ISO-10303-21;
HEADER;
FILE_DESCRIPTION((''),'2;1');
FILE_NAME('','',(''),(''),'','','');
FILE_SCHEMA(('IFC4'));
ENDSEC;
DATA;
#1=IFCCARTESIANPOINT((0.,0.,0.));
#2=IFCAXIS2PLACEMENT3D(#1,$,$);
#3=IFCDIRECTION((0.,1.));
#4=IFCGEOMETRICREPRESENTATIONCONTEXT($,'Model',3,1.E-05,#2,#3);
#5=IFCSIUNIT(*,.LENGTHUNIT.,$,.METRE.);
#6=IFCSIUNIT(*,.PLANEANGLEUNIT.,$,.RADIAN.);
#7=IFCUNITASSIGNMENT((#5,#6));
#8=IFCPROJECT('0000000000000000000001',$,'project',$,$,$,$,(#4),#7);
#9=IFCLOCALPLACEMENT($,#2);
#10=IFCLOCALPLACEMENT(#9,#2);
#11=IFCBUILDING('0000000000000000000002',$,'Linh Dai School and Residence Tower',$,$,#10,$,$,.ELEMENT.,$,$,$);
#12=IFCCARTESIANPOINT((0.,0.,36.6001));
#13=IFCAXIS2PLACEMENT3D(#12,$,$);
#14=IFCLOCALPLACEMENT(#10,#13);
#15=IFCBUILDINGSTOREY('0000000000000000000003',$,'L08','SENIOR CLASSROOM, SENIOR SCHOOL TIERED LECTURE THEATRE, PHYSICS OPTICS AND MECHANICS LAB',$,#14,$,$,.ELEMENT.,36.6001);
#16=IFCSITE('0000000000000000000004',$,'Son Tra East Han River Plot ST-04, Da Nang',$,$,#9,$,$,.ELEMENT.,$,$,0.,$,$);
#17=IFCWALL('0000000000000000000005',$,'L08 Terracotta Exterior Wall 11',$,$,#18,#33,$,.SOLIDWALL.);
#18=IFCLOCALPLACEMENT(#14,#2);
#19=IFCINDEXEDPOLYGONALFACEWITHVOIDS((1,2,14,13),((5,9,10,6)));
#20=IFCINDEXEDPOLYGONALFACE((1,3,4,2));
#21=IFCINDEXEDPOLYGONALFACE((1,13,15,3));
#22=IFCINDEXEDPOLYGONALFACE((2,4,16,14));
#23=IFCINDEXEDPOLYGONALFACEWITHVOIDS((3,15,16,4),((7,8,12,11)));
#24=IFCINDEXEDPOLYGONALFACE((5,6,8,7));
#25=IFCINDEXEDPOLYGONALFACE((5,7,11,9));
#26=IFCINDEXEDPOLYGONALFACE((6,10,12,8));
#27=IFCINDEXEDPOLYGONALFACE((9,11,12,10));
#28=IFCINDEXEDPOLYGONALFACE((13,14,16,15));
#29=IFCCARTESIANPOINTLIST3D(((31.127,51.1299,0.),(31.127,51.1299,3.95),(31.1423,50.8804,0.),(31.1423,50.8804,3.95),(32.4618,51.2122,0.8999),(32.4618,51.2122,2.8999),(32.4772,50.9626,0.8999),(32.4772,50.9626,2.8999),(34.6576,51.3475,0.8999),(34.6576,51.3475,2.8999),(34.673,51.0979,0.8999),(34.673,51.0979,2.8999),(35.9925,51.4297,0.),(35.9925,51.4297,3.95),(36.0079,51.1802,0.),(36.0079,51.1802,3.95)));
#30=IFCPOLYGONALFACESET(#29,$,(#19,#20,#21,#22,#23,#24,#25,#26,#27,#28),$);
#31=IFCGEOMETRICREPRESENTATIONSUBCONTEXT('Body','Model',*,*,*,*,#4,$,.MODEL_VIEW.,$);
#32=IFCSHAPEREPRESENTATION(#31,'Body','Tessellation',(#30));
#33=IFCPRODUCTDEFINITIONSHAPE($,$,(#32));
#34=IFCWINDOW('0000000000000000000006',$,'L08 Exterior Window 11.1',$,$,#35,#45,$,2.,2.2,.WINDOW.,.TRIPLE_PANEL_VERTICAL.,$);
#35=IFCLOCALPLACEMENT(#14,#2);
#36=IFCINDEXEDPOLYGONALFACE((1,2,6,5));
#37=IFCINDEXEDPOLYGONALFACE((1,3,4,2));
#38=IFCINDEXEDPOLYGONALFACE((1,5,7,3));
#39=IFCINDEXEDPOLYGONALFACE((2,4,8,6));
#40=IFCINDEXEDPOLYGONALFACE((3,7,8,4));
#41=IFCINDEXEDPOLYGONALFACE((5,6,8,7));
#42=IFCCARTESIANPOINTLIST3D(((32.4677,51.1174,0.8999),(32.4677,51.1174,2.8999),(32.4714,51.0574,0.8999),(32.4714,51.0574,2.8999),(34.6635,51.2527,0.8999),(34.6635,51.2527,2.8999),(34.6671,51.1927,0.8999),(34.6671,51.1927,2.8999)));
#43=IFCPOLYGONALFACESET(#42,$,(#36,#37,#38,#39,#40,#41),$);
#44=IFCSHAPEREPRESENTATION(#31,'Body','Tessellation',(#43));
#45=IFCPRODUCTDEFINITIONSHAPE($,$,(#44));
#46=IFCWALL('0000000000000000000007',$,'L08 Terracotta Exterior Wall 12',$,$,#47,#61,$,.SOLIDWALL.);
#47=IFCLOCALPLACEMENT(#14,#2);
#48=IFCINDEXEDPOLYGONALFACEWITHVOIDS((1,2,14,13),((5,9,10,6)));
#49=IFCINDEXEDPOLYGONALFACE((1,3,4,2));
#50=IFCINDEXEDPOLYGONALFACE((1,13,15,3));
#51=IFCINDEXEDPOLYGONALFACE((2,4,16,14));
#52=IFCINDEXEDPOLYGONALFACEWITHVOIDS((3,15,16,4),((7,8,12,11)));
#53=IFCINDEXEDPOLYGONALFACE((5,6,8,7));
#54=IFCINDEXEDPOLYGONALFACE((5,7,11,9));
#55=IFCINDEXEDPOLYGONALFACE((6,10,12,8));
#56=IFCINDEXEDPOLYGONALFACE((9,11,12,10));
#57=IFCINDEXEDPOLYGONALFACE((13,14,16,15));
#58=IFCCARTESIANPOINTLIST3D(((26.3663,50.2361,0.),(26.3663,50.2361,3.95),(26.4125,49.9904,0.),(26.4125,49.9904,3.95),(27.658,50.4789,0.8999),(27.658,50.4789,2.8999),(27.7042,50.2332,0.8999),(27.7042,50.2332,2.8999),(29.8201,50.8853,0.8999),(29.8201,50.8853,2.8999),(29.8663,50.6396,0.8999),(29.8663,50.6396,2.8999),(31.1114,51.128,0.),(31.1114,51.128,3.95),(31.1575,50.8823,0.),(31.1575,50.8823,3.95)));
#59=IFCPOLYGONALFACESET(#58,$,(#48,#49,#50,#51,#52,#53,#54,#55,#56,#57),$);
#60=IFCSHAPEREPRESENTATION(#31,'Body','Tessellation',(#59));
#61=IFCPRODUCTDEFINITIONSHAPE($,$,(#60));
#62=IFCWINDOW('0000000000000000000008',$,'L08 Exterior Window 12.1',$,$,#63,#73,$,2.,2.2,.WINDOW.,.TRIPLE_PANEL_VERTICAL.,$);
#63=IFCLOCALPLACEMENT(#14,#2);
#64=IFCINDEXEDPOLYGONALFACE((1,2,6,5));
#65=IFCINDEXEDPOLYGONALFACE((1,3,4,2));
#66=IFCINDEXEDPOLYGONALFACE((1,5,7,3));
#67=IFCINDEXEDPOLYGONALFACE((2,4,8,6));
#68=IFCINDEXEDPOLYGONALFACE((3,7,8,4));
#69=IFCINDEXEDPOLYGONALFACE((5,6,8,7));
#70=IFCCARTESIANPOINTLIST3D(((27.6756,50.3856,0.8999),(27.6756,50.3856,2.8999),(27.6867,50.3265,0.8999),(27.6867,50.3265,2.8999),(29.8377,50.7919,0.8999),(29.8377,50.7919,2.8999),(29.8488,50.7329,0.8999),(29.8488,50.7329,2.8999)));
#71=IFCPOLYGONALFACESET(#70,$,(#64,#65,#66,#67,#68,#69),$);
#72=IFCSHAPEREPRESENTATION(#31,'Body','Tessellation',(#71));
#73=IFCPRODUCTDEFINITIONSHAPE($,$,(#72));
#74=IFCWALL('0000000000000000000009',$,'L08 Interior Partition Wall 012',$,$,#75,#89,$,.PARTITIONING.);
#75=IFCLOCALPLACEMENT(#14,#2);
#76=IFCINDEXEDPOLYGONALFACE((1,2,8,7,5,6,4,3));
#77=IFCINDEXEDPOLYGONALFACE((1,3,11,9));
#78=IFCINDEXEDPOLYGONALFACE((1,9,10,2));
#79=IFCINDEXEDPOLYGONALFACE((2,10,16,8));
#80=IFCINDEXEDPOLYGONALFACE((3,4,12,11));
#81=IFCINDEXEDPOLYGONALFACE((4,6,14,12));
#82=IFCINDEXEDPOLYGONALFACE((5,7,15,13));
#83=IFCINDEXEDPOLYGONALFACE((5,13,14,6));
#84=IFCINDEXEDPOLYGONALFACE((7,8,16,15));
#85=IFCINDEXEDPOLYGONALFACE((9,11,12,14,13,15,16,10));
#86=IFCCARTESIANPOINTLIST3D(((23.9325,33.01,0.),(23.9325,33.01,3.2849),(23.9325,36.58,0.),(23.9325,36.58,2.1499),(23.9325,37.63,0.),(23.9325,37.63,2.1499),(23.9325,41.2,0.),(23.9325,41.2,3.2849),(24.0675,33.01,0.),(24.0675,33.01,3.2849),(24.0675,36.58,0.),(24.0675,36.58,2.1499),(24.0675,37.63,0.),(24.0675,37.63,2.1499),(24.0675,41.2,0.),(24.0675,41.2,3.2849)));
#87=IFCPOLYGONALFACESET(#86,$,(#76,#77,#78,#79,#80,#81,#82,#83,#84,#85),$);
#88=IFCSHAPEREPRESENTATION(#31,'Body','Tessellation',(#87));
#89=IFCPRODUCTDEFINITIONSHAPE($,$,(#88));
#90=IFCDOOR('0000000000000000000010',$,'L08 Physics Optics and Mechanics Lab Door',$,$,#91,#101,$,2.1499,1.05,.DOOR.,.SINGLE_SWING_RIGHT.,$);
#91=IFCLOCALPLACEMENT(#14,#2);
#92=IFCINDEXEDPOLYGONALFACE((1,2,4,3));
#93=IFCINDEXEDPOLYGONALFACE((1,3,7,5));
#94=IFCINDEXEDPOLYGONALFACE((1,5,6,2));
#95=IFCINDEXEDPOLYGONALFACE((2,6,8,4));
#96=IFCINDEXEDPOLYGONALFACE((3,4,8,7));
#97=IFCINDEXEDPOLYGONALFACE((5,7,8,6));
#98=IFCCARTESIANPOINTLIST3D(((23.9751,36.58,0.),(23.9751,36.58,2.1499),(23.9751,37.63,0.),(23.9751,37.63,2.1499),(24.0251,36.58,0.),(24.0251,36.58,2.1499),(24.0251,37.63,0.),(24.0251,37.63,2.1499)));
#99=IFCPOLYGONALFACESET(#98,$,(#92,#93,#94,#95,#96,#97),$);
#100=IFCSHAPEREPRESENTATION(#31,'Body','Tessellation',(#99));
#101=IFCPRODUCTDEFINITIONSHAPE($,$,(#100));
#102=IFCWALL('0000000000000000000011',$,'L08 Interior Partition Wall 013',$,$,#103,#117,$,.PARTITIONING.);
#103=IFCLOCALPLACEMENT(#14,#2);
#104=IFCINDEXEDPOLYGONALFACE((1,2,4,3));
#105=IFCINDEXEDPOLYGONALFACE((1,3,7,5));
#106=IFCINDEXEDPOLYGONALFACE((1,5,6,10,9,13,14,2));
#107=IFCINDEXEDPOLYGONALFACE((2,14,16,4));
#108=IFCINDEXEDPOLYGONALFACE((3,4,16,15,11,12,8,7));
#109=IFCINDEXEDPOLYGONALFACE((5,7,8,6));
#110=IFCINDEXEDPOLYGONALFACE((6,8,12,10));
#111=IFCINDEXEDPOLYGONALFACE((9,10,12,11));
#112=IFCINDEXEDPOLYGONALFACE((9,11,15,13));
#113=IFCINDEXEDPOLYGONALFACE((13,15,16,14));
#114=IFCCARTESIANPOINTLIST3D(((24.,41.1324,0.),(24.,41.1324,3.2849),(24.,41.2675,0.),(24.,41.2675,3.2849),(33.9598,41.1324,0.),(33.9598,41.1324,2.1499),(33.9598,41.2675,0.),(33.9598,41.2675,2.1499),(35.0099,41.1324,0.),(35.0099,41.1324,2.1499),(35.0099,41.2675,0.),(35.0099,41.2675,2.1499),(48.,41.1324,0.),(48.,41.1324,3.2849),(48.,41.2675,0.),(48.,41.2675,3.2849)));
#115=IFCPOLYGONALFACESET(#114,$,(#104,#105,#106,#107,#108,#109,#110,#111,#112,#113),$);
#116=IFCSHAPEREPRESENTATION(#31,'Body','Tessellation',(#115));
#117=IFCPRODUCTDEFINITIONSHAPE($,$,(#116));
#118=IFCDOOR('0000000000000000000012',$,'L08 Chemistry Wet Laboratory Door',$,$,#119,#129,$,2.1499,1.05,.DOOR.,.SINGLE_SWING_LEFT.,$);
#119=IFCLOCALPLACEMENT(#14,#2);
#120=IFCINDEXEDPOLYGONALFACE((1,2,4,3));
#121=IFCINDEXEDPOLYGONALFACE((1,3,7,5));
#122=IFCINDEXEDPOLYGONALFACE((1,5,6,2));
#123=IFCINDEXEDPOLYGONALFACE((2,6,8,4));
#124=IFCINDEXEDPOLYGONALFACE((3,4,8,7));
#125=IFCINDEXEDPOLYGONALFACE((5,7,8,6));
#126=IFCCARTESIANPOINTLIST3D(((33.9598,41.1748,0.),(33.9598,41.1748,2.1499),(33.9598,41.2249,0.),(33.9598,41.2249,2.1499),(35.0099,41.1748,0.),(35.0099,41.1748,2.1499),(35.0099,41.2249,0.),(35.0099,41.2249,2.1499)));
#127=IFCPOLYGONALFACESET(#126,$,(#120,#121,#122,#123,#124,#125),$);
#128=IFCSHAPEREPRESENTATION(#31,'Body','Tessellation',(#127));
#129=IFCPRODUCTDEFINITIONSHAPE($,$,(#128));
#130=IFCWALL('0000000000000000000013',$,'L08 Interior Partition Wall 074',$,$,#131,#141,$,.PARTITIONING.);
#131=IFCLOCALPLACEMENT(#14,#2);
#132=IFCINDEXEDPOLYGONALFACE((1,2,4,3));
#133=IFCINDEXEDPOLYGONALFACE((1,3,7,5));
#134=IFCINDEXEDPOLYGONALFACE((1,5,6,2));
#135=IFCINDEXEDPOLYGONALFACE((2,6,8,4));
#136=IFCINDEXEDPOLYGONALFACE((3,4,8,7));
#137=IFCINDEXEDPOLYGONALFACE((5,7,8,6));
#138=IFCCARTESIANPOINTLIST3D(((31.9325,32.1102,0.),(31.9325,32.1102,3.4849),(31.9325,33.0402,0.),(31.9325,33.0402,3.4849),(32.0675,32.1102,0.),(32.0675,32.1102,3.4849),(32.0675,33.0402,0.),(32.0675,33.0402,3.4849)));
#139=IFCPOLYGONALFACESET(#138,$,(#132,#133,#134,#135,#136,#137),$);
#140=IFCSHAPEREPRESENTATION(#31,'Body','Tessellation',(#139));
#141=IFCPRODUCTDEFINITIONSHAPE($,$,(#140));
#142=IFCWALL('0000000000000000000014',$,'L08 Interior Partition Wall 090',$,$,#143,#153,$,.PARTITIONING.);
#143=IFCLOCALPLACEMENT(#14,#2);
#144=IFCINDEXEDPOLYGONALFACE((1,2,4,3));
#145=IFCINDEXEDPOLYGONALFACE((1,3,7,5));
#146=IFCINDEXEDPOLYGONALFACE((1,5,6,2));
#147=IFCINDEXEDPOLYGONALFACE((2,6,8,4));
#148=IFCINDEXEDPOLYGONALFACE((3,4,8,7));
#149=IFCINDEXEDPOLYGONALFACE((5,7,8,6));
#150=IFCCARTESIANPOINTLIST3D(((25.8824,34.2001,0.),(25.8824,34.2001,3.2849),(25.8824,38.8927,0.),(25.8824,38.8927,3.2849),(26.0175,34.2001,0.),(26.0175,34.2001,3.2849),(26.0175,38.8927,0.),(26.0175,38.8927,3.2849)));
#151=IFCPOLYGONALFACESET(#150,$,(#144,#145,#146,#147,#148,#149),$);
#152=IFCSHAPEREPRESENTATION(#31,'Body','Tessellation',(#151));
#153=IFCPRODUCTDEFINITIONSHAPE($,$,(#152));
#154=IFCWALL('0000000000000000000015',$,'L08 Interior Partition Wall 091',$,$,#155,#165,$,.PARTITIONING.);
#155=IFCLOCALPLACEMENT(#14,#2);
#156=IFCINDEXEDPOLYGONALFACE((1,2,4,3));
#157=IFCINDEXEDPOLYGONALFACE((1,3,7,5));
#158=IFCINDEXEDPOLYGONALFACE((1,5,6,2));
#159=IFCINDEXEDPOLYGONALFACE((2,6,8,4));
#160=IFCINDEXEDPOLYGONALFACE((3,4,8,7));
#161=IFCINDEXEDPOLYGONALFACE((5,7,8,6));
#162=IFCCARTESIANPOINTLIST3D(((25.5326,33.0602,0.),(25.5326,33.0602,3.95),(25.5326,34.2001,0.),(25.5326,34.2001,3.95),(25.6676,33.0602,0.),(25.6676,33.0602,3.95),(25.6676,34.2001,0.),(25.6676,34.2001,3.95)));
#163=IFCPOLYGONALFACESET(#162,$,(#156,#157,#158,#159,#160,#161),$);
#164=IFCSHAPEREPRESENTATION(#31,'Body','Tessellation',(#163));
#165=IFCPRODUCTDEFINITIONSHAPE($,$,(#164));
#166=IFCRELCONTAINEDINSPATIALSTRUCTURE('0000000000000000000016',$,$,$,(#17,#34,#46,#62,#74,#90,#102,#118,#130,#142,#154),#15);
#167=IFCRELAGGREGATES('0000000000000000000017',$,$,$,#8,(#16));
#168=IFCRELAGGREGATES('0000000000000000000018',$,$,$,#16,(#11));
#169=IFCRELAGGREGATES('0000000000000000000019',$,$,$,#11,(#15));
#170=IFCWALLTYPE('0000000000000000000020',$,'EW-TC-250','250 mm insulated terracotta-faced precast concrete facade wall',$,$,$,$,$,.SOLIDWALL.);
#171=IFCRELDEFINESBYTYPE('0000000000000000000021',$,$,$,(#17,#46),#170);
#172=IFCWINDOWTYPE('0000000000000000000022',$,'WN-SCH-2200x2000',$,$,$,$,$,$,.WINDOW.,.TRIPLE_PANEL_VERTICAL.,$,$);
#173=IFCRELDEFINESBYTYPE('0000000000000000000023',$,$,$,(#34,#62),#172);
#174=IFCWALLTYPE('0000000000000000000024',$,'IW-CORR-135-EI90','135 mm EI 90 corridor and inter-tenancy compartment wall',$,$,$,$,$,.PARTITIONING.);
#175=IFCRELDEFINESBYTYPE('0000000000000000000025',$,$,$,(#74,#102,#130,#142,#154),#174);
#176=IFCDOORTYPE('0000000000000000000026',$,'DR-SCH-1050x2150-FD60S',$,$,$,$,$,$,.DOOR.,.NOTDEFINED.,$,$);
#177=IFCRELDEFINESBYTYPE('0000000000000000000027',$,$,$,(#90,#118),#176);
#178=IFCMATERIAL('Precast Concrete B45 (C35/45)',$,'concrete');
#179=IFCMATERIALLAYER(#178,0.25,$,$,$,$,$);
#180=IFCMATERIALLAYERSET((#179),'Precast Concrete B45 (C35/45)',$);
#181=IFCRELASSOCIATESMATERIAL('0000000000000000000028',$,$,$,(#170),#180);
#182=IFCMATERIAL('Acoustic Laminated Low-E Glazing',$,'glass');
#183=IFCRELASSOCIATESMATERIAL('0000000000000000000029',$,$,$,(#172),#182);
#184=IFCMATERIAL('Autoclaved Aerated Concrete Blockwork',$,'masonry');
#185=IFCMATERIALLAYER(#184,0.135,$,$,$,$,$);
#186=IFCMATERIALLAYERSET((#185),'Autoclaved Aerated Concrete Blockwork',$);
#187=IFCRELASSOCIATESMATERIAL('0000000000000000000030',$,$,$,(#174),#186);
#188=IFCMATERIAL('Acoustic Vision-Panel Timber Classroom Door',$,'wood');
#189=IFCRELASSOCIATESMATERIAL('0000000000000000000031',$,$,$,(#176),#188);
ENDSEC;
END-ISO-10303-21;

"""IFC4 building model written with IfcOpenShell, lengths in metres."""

from ifc_helpers import new_model, si_unit, direction, frame, frame_2d, origin, origin_2d, place, context, subcontext, project, spatial, rectangle, extrude, source, transform, mapped, material, layer, layer_set, type_object, element, fill, save


model = new_model("IFC4")

# Units and contexts
model_context = context("Model", 3, precision=1e-05, world=origin(), true_north=direction((0.0, 1.0)))
body_context = subcontext(model_context, "Body", "Model", "MODEL_VIEW")
ifc_project = project(units=[si_unit("LENGTHUNIT", "METRE"), si_unit("PLANEANGLEUNIT", "RADIAN")], contexts=[model_context])

# Site, building, storey
site_placement = place(None, origin())
site = spatial("IfcSite", under=ifc_project, at=site_placement, Name="Son Tra East Han River Plot ST-04, Da Nang", CompositionType="ELEMENT", RefElevation=0.0)
building_placement = place(site_placement, origin())
building = spatial("IfcBuilding", under=site, at=building_placement, Name="Linh Dai School and Residence Tower", CompositionType="ELEMENT")
storey_placement = place(building_placement, frame((0.0, 0.0, 36.6001)))
storey = spatial("IfcBuildingStorey", under=building, at=storey_placement, Name="L08", Description="SENIOR CLASSROOM, SENIOR SCHOOL TIERED LECTURE THEATRE, PHYSICS OPTICS AND MECHANICS LAB", CompositionType="ELEMENT", Elevation=36.6001)

# Walls, openings, windows
ifc_material_1 = material(Name="Precast Concrete B45 (C35/45)", Category="concrete")
ifc_layer_1 = layer(ifc_material_1, 0.25)
ifc_layer_set_1 = layer_set([ifc_layer_1], Name="Precast Concrete B45 (C35/45)")
wall_type_1 = type_object("IfcWallType", Name="EW-TC-250", Description="250 mm insulated terracotta-faced precast concrete facade wall", PredefinedType="SOLIDWALL", material=ifc_layer_set_1)
ifc_material_2 = material(Name="Acoustic Laminated Low-E Glazing", Category="glass")
window_type = type_object("IfcWindowType", Name="WN-SCH-2200x2000", PartitioningType="TRIPLE_PANEL_VERTICAL", PredefinedType="WINDOW", material=ifc_material_2)
shared_shape_1 = source(origin(), body_context, "Body", "SweptSolid", [
    extrude(rectangle(XDim=2.2, YDim=2.0, at=origin_2d()), frame((1.1001, 0.03, 1.0), z_axis=(0.0, -1.0, 0.0), x_axis=(1.0, 0.0, 0.0)), (0.0, 0.0, 1.0), 0.0601),
])
wall_1_placement = place(storey_placement, frame((31.1345, 51.0051, 0.0), z_axis=(0.0, 0.0, 1.0), x_axis=(0.998107, 0.061502, 0.0)))
wall_1 = element("IfcWall", 1, at=wall_1_placement, inside=storey, type_object=wall_type_1, Name="L08 Terracotta Exterior Wall 11", PredefinedType="SOLIDWALL", context=body_context, shape_type="SweptSolid", body=[
    extrude(rectangle(XDim=4.8748, YDim=0.25, at=frame_2d((2.4375, 0.0))), origin(), (0.0, 0.0, 1.0), 3.95),
])
opening_1_placement = place(wall_1_placement, frame((1.3374, 0.0, 0.8999)))
opening_1 = element("IfcOpeningElement", 2, at=opening_1_placement, cuts=wall_1, PredefinedType="OPENING", context=body_context, shape_type="SweptSolid", body=[
    extrude(rectangle(XDim=2.2, YDim=2.0, at=origin_2d()), frame((1.1001, 0.135, 1.0), z_axis=(0.0, -1.0, 0.0), x_axis=(1.0, 0.0, 0.0)), (0.0, 0.0, 1.0), 0.27),
])
window_1_placement = place(opening_1_placement, origin())
window_1 = element("IfcWindow", 3, at=window_1_placement, inside=storey, type_object=window_type, Name="L08 Exterior Window 11.1", OverallHeight=2.0, OverallWidth=2.2, PartitioningType="TRIPLE_PANEL_VERTICAL", PredefinedType="WINDOW", context=body_context, shape_type="MappedRepresentation", body=[
    mapped(shared_shape_1, transform((0.0, 0.0, 0.0), x_axis=(1.0, 0.0, 0.0), y_axis=(0.0, 1.0, 0.0), z_axis=(0.0, 0.0, 1.0), scale=1.0)),
])
fill(opening_1, window_1)
wall_2_placement = place(storey_placement, frame((26.3894, 50.1133, 0.0), z_axis=(0.0, 0.0, 1.0), x_axis=(0.982792, 0.184716, 0.0)))
wall_2 = element("IfcWall", 4, at=wall_2_placement, inside=storey, type_object=wall_type_1, Name="L08 Terracotta Exterior Wall 12", PredefinedType="SOLIDWALL", context=body_context, shape_type="SweptSolid", body=[
    extrude(rectangle(XDim=4.8281, YDim=0.25, at=frame_2d((2.4141, 0.0))), origin(), (0.0, 0.0, 1.0), 3.95),
])
opening_2_placement = place(wall_2_placement, frame((1.3142, 0.0, 0.8999)))
opening_2 = element("IfcOpeningElement", 5, at=opening_2_placement, cuts=wall_2, PredefinedType="OPENING", context=body_context, shape_type="SweptSolid", body=[
    extrude(rectangle(XDim=2.2, YDim=2.0, at=origin_2d()), frame((1.1001, 0.135, 1.0), z_axis=(0.0, -1.0, 0.0), x_axis=(1.0, 0.0, 0.0)), (0.0, 0.0, 1.0), 0.27),
])
window_2_placement = place(opening_2_placement, origin())
window_2 = element("IfcWindow", 6, at=window_2_placement, inside=storey, type_object=window_type, Name="L08 Exterior Window 12.1", OverallHeight=2.0, OverallWidth=2.2, PartitioningType="TRIPLE_PANEL_VERTICAL", PredefinedType="WINDOW", context=body_context, shape_type="MappedRepresentation", body=[
    mapped(shared_shape_1, transform((0.0, 0.0, 0.0), x_axis=(1.0, 0.0, 0.0), y_axis=(0.0, 1.0, 0.0), z_axis=(0.0, 0.0, 1.0), scale=1.0)),
])
fill(opening_2, window_2)

# Walls, openings, doors
ifc_material_3 = material(Name="Autoclaved Aerated Concrete Blockwork", Category="masonry")
ifc_layer_2 = layer(ifc_material_3, 0.135)
ifc_layer_set_2 = layer_set([ifc_layer_2], Name="Autoclaved Aerated Concrete Blockwork")
wall_type_2 = type_object("IfcWallType", Name="IW-CORR-135-EI90", Description="135 mm EI 90 corridor and inter-tenancy compartment wall", PredefinedType="PARTITIONING", material=ifc_layer_set_2)
wall_3_placement = place(storey_placement, frame((24.0, 33.01, 0.0), z_axis=(0.0, 0.0, 1.0), x_axis=(0.0, 1.0, 0.0)))
wall_3 = element("IfcWall", 7, at=wall_3_placement, inside=storey, type_object=wall_type_2, Name="L08 Interior Partition Wall 012", PredefinedType="PARTITIONING", context=body_context, shape_type="SweptSolid", body=[
    extrude(rectangle(XDim=8.1899, YDim=0.135, at=frame_2d((4.095, 0.0))), origin(), (0.0, 0.0, 1.0), 3.2849),
])
opening_3_placement = place(wall_3_placement, frame((3.5701, 0.0, 0.0)))
opening_3 = element("IfcOpeningElement", 8, at=opening_3_placement, cuts=wall_3, PredefinedType="OPENING", context=body_context, shape_type="SweptSolid", body=[
    extrude(rectangle(XDim=1.05, YDim=2.1499, at=origin_2d()), frame((0.5249, 0.0776, 1.075), z_axis=(0.0, -1.0, 0.0), x_axis=(1.0, 0.0, 0.0)), (0.0, 0.0, 1.0), 0.155),
])
ifc_material_4 = material(Name="Acoustic Vision-Panel Timber Classroom Door", Category="wood")
door_type = type_object("IfcDoorType", Name="DR-SCH-1050x2150-FD60S", OperationType="NOTDEFINED", PredefinedType="DOOR", material=ifc_material_4)
shared_shape_2 = source(origin(), body_context, "Body", "SweptSolid", [
    extrude(rectangle(XDim=1.05, YDim=2.1499, at=origin_2d()), frame((0.5249, 0.0249, 1.075), z_axis=(0.0, -1.0, 0.0), x_axis=(1.0, 0.0, 0.0)), (0.0, 0.0, 1.0), 0.05),
])
door_1_placement = place(opening_3_placement, origin())
door_1 = element("IfcDoor", 9, at=door_1_placement, inside=storey, type_object=door_type, Name="L08 Physics Optics and Mechanics Lab Door", OperationType="SINGLE_SWING_RIGHT", OverallHeight=2.1499, OverallWidth=1.05, PredefinedType="DOOR", context=body_context, shape_type="MappedRepresentation", body=[
    mapped(shared_shape_2, transform((0.0, 0.0, 0.0), x_axis=(1.0, 0.0, 0.0), y_axis=(0.0, 1.0, 0.0), z_axis=(0.0, 0.0, 1.0), scale=1.0)),
])
fill(opening_3, door_1)
wall_4_placement = place(storey_placement, frame((24.0, 41.2, 0.0), z_axis=(0.0, 0.0, 1.0), x_axis=(1.0, 0.0, 0.0)))
wall_4 = element("IfcWall", 10, at=wall_4_placement, inside=storey, type_object=wall_type_2, Name="L08 Interior Partition Wall 013", PredefinedType="PARTITIONING", context=body_context, shape_type="SweptSolid", body=[
    extrude(rectangle(XDim=24.0, YDim=0.135, at=frame_2d((12.0, 0.0))), origin(), (0.0, 0.0, 1.0), 3.2849),
])
opening_4_placement = place(wall_4_placement, frame((9.96, 0.0, 0.0)))
opening_4 = element("IfcOpeningElement", 11, at=opening_4_placement, cuts=wall_4, PredefinedType="OPENING", context=body_context, shape_type="SweptSolid", body=[
    extrude(rectangle(XDim=1.05, YDim=2.1499, at=origin_2d()), frame((0.5249, 0.0776, 1.075), z_axis=(0.0, -1.0, 0.0), x_axis=(1.0, 0.0, 0.0)), (0.0, 0.0, 1.0), 0.155),
])
door_2_placement = place(opening_4_placement, origin())
door_2 = element("IfcDoor", 12, at=door_2_placement, inside=storey, type_object=door_type, Name="L08 Chemistry Wet Laboratory Door", OperationType="SINGLE_SWING_LEFT", OverallHeight=2.1499, OverallWidth=1.05, PredefinedType="DOOR", context=body_context, shape_type="MappedRepresentation", body=[
    mapped(shared_shape_2, transform((0.0, 0.0, 0.0), x_axis=(1.0, 0.0, 0.0), y_axis=(0.0, 1.0, 0.0), z_axis=(0.0, 0.0, 1.0), scale=1.0)),
])
fill(opening_4, door_2)

# Walls
wall_5_placement = place(storey_placement, frame((32.0, 33.04, 0.0), z_axis=(0.0, 0.0, 1.0), x_axis=(0.0, -1.0, 0.0)))
element("IfcWall", 13, at=wall_5_placement, inside=storey, type_object=wall_type_2, Name="L08 Interior Partition Wall 074", PredefinedType="PARTITIONING", context=body_context, shape_type="SweptSolid", body=[
    extrude(rectangle(XDim=0.9299, YDim=0.135, at=frame_2d((0.4648, 0.0))), origin(), (0.0, 0.0, 1.0), 3.4849),
])
wall_6_placement = place(storey_placement, frame((25.95, 38.8926, 0.0), z_axis=(0.0, 0.0, 1.0), x_axis=(0.0, -1.0, 0.0)))
element("IfcWall", 14, at=wall_6_placement, inside=storey, type_object=wall_type_2, Name="L08 Interior Partition Wall 090", PredefinedType="PARTITIONING", context=body_context, shape_type="SweptSolid", body=[
    extrude(rectangle(XDim=4.6926, YDim=0.135, at=frame_2d((2.3462, 0.0))), origin(), (0.0, 0.0, 1.0), 3.2849),
])
wall_7_placement = place(storey_placement, frame((25.6001, 34.2, 0.0), z_axis=(0.0, 0.0, 1.0), x_axis=(0.0, -1.0, 0.0)))
element("IfcWall", 15, at=wall_7_placement, inside=storey, type_object=wall_type_2, Name="L08 Interior Partition Wall 091", PredefinedType="PARTITIONING", context=body_context, shape_type="SweptSolid", body=[
    extrude(rectangle(XDim=1.1399, YDim=0.135, at=frame_2d((0.5698, 0.0))), origin(), (0.0, 0.0, 1.0), 3.95),
])

save(model, "model.ifc")
